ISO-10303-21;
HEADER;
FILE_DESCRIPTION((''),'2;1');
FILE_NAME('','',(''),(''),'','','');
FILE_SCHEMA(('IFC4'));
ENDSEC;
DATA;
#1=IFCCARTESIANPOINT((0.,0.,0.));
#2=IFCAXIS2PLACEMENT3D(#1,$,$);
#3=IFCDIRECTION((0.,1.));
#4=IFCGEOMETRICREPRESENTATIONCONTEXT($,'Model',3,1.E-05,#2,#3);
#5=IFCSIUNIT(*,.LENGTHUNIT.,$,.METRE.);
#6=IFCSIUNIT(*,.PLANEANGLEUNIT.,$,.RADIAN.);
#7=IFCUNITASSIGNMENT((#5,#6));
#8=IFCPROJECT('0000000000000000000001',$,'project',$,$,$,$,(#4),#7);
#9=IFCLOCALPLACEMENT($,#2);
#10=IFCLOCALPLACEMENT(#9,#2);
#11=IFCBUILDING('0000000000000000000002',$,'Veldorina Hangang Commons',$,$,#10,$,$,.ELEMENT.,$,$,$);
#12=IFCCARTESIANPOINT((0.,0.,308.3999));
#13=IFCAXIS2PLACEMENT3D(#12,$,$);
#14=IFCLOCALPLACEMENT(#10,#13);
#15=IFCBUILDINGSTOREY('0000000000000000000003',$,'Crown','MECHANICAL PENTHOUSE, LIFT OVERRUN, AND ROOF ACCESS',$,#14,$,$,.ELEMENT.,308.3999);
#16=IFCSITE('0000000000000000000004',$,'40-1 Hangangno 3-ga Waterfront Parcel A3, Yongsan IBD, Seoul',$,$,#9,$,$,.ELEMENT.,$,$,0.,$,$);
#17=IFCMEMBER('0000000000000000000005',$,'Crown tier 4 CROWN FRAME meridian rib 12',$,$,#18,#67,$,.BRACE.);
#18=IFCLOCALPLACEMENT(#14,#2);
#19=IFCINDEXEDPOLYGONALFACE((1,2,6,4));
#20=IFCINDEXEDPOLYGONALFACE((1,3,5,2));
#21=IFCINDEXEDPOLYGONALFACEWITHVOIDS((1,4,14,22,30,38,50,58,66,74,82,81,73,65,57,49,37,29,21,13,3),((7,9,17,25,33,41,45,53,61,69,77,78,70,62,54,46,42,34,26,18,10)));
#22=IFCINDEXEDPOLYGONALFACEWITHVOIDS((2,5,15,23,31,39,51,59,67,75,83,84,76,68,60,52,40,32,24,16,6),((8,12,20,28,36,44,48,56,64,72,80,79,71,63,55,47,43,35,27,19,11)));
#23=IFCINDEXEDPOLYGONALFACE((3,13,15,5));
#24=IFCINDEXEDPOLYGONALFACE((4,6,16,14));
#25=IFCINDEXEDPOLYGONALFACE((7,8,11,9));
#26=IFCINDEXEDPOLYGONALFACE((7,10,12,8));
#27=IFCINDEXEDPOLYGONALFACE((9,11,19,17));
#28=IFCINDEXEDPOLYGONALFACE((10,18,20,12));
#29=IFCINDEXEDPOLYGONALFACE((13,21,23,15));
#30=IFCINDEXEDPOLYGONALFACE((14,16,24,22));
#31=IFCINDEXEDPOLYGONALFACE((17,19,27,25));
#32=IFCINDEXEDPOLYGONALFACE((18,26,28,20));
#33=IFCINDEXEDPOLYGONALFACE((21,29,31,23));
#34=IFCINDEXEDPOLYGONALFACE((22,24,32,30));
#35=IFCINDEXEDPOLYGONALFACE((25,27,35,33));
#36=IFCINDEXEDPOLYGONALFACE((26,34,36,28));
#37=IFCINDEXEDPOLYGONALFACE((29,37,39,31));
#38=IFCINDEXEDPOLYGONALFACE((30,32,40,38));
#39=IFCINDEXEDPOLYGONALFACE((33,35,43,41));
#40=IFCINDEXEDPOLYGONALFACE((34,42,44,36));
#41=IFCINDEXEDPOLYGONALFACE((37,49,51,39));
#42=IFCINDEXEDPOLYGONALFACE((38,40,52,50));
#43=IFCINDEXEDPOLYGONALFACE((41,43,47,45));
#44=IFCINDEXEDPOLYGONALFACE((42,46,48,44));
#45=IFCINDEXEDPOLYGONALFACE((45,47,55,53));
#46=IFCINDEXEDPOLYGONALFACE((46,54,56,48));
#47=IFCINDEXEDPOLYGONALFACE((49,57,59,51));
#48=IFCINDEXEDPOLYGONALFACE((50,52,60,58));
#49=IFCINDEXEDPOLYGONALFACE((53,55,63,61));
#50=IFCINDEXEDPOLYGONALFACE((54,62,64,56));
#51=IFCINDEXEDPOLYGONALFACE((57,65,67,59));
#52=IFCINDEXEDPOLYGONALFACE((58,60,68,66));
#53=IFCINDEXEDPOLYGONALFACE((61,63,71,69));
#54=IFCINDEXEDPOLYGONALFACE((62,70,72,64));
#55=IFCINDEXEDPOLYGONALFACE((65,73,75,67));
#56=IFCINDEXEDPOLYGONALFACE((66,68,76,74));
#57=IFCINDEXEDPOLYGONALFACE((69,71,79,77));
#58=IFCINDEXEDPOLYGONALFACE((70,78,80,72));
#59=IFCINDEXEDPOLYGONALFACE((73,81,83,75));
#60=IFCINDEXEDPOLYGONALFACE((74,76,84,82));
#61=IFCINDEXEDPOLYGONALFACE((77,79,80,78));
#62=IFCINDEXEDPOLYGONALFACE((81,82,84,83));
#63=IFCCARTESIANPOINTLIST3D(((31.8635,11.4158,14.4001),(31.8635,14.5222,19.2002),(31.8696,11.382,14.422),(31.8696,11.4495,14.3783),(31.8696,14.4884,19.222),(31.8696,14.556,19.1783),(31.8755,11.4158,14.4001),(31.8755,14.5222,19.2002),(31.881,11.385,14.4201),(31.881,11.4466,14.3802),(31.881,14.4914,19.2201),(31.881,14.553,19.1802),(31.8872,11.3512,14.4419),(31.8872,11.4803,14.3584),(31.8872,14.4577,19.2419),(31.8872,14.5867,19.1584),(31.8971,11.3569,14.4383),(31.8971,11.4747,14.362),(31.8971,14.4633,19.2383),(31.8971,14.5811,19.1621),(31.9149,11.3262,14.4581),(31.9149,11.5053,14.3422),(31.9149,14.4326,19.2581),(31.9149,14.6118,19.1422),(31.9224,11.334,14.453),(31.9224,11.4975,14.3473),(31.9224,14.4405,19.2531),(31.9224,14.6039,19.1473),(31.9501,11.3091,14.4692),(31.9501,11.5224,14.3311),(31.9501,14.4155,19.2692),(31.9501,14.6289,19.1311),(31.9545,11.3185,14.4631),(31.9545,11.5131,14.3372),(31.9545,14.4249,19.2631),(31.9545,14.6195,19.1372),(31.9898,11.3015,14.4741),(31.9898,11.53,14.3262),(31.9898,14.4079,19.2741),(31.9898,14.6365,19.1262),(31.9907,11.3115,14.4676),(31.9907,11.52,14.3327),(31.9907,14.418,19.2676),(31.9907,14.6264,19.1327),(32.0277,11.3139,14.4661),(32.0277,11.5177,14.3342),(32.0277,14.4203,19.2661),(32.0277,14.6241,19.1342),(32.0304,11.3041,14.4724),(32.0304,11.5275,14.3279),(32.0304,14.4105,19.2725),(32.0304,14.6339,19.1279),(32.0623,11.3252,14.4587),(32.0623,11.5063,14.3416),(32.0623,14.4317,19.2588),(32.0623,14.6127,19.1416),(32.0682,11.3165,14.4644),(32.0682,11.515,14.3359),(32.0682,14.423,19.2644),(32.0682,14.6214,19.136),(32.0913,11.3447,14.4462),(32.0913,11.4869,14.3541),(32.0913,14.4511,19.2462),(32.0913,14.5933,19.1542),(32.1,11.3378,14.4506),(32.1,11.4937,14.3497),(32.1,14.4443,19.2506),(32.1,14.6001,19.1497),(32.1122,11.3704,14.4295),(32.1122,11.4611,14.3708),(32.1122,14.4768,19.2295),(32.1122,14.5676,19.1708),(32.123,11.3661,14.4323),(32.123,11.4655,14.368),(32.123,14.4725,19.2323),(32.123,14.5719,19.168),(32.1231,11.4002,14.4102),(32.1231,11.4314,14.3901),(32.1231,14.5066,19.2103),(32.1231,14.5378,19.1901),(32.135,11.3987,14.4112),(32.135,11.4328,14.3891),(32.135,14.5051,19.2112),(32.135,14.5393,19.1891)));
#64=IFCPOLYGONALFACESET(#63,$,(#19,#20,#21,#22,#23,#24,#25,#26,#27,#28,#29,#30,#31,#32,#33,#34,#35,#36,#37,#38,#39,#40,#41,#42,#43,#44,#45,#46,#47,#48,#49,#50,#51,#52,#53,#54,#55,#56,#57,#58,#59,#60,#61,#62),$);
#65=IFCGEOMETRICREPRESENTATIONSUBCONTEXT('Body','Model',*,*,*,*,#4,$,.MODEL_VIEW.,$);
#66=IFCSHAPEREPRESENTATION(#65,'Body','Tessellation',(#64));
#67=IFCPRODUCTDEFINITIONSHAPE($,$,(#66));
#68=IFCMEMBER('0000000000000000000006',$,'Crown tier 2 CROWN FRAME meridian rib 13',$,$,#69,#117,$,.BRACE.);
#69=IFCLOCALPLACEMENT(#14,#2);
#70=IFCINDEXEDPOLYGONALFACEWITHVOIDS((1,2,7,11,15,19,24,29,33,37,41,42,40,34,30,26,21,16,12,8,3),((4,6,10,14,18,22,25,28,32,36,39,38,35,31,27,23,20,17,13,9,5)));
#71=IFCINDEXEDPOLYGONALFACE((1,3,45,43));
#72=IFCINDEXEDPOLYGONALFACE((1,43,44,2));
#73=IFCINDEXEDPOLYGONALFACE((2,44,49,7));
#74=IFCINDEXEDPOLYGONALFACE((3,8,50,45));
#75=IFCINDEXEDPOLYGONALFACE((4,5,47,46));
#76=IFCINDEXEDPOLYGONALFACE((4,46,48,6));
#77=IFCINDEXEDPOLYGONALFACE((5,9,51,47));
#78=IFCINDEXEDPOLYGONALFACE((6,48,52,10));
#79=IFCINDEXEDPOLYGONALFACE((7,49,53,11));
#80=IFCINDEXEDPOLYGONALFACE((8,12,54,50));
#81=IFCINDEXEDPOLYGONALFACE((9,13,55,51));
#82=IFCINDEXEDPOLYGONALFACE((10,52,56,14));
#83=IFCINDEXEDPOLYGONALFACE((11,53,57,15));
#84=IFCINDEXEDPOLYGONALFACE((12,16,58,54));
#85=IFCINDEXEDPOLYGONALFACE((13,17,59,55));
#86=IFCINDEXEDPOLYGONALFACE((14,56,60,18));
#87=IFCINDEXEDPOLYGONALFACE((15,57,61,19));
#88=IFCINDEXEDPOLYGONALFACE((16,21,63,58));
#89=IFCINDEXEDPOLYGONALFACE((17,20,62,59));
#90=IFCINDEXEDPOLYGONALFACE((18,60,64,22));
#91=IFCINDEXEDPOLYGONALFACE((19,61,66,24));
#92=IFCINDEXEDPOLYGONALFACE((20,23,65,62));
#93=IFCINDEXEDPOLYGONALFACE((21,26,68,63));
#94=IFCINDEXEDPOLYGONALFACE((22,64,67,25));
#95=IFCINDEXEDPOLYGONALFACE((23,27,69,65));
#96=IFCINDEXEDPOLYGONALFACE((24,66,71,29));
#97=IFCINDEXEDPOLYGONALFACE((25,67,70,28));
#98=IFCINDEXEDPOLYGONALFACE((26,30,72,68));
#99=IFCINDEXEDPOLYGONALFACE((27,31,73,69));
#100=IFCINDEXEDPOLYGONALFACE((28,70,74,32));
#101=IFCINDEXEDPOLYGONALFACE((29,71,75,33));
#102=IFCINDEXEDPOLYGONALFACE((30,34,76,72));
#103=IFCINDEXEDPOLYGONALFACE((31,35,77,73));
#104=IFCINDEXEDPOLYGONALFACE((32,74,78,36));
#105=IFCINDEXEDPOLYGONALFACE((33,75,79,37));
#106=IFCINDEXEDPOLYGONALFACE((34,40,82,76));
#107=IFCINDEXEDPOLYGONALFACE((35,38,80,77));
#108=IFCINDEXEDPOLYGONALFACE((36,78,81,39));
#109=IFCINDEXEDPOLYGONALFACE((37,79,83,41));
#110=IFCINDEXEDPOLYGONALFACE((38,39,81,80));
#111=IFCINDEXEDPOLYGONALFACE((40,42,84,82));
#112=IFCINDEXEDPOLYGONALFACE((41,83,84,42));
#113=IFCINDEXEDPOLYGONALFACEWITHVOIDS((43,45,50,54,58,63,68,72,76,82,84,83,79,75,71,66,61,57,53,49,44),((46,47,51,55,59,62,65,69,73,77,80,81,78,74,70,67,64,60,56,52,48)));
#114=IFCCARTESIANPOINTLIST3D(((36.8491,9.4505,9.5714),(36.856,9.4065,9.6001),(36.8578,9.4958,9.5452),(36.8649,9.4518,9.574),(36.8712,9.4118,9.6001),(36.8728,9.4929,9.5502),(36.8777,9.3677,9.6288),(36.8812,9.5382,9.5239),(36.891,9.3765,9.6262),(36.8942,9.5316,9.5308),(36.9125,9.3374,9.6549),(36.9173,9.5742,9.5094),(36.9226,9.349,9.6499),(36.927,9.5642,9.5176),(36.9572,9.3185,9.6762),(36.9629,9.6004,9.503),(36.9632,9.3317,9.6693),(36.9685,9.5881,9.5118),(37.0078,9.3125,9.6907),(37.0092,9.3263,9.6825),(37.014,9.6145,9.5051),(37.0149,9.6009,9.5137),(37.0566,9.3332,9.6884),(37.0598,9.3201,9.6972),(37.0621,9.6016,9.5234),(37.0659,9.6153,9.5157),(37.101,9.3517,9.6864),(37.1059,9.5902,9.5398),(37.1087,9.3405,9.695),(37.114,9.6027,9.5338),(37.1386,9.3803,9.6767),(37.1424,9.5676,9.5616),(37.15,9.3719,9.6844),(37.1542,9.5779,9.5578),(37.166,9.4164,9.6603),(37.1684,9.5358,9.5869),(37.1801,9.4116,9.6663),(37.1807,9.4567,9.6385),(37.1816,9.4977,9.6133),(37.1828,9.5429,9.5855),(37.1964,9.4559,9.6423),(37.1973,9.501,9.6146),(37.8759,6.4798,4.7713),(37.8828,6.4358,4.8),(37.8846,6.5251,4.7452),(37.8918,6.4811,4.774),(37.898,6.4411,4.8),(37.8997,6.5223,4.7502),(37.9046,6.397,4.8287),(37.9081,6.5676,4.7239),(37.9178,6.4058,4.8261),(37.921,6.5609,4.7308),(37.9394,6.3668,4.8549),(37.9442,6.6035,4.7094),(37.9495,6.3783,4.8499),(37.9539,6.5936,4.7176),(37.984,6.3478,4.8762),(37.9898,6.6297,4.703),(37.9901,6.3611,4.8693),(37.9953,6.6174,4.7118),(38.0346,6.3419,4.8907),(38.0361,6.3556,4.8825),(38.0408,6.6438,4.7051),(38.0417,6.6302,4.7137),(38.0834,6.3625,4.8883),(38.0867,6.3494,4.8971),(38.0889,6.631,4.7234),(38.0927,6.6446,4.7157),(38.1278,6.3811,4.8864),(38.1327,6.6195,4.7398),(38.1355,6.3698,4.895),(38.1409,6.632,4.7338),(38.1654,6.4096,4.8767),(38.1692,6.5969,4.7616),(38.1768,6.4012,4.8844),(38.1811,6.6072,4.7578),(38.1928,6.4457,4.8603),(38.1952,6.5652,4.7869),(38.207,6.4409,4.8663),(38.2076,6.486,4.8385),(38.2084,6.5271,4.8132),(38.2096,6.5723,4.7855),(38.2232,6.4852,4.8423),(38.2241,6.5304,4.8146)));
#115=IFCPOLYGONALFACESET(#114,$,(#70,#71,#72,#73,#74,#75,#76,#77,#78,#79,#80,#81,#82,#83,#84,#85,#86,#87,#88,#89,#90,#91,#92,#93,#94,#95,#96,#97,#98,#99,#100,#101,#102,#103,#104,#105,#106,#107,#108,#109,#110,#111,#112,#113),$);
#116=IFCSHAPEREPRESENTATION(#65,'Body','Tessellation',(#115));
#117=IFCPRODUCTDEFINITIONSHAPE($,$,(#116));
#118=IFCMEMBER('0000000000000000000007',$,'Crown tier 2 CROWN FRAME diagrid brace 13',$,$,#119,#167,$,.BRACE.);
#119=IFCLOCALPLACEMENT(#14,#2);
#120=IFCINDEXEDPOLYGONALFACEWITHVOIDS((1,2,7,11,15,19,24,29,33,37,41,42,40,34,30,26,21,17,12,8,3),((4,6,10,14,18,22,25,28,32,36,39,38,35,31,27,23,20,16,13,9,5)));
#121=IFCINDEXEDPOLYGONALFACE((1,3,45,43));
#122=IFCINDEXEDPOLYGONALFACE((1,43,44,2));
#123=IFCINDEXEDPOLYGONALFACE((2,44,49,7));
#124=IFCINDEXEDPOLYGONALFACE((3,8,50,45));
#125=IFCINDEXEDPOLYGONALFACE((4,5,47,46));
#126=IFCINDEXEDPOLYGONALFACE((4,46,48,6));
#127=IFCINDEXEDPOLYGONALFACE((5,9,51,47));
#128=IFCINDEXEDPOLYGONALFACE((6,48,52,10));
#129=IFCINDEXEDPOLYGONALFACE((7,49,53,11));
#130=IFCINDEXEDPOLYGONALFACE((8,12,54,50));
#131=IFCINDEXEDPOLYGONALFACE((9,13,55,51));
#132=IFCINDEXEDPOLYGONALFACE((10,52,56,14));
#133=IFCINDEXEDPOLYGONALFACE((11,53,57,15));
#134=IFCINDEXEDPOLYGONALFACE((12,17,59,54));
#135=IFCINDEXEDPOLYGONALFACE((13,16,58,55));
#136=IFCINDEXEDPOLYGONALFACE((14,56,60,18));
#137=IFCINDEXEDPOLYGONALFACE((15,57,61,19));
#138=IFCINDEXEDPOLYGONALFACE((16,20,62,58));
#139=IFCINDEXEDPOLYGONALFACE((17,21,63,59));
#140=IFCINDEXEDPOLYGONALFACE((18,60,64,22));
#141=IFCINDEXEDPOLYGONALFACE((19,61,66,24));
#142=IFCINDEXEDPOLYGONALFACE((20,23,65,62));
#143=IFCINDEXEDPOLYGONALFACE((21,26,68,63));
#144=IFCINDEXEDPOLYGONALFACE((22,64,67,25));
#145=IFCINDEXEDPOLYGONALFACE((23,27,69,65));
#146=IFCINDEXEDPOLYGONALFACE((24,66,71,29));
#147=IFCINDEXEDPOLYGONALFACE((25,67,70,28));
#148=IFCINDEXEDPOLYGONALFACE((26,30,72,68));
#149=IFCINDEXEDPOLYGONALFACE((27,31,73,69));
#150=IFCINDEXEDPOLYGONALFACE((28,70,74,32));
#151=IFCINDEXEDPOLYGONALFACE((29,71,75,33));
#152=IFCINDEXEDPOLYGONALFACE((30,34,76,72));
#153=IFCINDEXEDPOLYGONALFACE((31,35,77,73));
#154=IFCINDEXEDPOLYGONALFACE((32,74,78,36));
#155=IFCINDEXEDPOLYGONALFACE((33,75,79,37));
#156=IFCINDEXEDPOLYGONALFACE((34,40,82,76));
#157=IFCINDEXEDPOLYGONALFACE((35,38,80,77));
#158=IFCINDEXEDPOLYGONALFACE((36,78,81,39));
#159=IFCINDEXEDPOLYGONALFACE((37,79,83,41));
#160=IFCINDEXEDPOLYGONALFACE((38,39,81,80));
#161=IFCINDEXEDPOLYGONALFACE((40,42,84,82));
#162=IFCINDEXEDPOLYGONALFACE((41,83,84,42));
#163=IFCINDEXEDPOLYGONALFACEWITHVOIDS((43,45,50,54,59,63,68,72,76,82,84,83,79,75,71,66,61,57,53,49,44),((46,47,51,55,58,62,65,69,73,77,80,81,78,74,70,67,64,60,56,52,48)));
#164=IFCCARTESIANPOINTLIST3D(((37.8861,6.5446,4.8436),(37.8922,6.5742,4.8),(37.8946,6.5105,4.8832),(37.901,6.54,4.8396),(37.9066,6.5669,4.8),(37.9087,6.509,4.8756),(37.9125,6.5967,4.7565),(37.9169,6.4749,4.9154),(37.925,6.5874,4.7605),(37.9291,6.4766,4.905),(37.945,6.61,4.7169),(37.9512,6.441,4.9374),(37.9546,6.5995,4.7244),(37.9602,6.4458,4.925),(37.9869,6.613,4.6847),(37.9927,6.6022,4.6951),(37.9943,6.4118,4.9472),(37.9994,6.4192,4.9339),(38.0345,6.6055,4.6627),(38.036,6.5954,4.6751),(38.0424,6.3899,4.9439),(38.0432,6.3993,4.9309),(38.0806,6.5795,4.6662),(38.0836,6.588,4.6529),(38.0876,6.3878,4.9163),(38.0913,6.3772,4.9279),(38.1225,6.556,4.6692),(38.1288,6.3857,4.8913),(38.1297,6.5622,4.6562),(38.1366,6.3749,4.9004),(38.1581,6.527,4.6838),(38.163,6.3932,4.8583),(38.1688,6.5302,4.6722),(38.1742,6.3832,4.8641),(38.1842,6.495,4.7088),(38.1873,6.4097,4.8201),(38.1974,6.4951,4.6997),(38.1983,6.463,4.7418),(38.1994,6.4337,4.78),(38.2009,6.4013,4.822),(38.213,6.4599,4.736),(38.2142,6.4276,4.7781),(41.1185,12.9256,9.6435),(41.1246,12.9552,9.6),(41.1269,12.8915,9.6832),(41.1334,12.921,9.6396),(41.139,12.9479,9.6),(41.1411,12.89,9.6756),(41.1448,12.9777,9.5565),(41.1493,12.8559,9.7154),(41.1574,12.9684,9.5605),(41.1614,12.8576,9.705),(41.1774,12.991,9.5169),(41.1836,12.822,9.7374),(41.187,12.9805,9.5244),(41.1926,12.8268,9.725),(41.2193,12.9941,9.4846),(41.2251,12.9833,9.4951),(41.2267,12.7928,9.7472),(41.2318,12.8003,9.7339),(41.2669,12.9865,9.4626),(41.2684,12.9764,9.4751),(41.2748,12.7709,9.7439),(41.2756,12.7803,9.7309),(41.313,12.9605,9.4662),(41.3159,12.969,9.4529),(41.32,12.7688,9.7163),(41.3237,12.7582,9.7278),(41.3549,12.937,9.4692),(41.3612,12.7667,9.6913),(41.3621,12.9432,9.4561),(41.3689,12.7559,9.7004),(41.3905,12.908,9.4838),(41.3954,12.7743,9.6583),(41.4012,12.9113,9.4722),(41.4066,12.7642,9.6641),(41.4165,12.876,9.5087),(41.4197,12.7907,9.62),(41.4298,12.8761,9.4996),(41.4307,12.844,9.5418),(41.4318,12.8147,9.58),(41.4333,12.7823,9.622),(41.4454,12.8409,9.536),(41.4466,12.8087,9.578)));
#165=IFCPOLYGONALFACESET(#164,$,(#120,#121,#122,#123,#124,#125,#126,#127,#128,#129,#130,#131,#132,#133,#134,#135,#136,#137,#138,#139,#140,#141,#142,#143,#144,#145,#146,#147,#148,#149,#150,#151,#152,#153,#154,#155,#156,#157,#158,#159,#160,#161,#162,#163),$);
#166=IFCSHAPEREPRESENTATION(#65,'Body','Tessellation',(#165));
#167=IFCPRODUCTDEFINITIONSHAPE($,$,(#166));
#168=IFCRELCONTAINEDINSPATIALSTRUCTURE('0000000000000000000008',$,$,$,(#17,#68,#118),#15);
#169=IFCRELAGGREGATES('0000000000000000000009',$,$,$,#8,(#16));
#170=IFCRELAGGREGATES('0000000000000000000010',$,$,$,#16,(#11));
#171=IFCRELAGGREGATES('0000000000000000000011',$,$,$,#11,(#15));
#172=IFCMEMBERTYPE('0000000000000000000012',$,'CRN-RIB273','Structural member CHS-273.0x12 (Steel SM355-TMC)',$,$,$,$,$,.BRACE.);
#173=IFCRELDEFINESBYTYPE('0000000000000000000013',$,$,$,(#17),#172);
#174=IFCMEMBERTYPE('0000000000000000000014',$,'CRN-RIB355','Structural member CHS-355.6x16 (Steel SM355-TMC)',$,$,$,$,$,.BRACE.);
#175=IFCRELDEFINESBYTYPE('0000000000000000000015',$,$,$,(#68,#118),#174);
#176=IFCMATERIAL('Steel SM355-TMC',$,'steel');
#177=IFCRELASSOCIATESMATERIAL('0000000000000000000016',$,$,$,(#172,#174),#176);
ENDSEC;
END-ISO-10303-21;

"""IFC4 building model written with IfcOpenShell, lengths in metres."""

from ifc_helpers import new_model, si_unit, direction, frame, origin, origin_2d, place, context, subcontext, project, spatial, hollow_circle, extrude, material, material_profile, profile_set, type_object, element, save


model = new_model("IFC4")

# Units and contexts
model_context = context("Model", 3, precision=1e-05, world=origin(), true_north=direction((0.0, 1.0)))
body_context = subcontext(model_context, "Body", "Model", "MODEL_VIEW")
ifc_project = project(units=[si_unit("LENGTHUNIT", "METRE"), si_unit("PLANEANGLEUNIT", "RADIAN")], contexts=[model_context])

# Site, building, storey
site_placement = place(None, origin())
site = spatial("IfcSite", under=ifc_project, at=site_placement, Name="40-1 Hangangno 3-ga Waterfront Parcel A3, Yongsan IBD, Seoul", CompositionType="ELEMENT", RefElevation=0.0)
building_placement = place(site_placement, origin())
building = spatial("IfcBuilding", under=site, at=building_placement, Name="Veldorina Hangang Commons", CompositionType="ELEMENT")
storey_placement = place(building_placement, frame((0.0, 0.0, 308.3999)))
storey = spatial("IfcBuildingStorey", under=building, at=storey_placement, Name="Crown", Description="MECHANICAL PENTHOUSE, LIFT OVERRUN, AND ROOF ACCESS", CompositionType="ELEMENT", Elevation=308.3999)

# Members
ifc_material_1 = material(Name="Steel SM355-TMC", Category="steel")
ifc_material_profile_1 = material_profile(ifc_material_1, hollow_circle(Radius=0.1365, WallThickness=0.012, at=origin_2d()), Name="CHS-273.0x12")
ifc_profile_set_1 = profile_set([ifc_material_profile_1], Name="Steel SM355-TMC")
member_type_1 = type_object("IfcMemberType", Name="CRN-RIB273", Description="Structural member CHS-273.0x12 (Steel SM355-TMC)", PredefinedType="BRACE", material=ifc_profile_set_1)
member_1_placement = place(storey_placement, frame((32.0, 11.4158, 14.4001), z_axis=(0.0, 0.543317, 0.839528), x_axis=(-1.0, 0.0, 0.0)))
element("IfcMember", 1, at=member_1_placement, inside=storey, type_object=member_type_1, Name="Crown tier 4 CROWN FRAME meridian rib 12", PredefinedType="BRACE", context=body_context, shape_type="SweptSolid", body=[
    extrude(hollow_circle(Radius=0.1365, WallThickness=0.012, at=origin_2d()), origin(), (0.0, 0.0, 1.0), 5.7175),
])
ifc_material_profile_2 = material_profile(ifc_material_1, hollow_circle(Radius=0.1777, WallThickness=0.0161, at=origin_2d()), Name="CHS-355.6x16")
ifc_profile_set_2 = profile_set([ifc_material_profile_2], Name="Steel SM355-TMC")
member_type_2 = type_object("IfcMemberType", Name="CRN-RIB355", Description="Structural member CHS-355.6x16 (Steel SM355-TMC)", PredefinedType="BRACE", material=ifc_profile_set_2)
member_2_placement = place(storey_placement, frame((38.0508, 6.4939, 4.8), z_axis=(-0.17897, 0.517761, 0.836596), x_axis=(-0.94513, -0.326694, 0.0)))
element("IfcMember", 2, at=member_2_placement, inside=storey, type_object=member_type_2, Name="Crown tier 2 CROWN FRAME meridian rib 13", PredefinedType="BRACE", context=body_context, shape_type="SweptSolid", body=[
    extrude(hollow_circle(Radius=0.1777, WallThickness=0.0161, at=origin_2d()), origin(), (0.0, 0.0, 1.0), 5.7375),
])
member_3_placement = place(storey_placement, frame((38.0508, 6.4939, 4.8), z_axis=(0.375236, 0.74075, 0.557214), x_axis=(-0.892074, 0.45189, 0.0)))
element("IfcMember", 3, at=member_3_placement, inside=storey, type_object=member_type_2, Name="Crown tier 2 CROWN FRAME diagrid brace 13", PredefinedType="BRACE", context=body_context, shape_type="SweptSolid", body=[
    extrude(hollow_circle(Radius=0.1777, WallThickness=0.0161, at=origin_2d()), origin(), (0.0, 0.0, 1.0), 8.6143),
])

save(model, "model.ifc")
